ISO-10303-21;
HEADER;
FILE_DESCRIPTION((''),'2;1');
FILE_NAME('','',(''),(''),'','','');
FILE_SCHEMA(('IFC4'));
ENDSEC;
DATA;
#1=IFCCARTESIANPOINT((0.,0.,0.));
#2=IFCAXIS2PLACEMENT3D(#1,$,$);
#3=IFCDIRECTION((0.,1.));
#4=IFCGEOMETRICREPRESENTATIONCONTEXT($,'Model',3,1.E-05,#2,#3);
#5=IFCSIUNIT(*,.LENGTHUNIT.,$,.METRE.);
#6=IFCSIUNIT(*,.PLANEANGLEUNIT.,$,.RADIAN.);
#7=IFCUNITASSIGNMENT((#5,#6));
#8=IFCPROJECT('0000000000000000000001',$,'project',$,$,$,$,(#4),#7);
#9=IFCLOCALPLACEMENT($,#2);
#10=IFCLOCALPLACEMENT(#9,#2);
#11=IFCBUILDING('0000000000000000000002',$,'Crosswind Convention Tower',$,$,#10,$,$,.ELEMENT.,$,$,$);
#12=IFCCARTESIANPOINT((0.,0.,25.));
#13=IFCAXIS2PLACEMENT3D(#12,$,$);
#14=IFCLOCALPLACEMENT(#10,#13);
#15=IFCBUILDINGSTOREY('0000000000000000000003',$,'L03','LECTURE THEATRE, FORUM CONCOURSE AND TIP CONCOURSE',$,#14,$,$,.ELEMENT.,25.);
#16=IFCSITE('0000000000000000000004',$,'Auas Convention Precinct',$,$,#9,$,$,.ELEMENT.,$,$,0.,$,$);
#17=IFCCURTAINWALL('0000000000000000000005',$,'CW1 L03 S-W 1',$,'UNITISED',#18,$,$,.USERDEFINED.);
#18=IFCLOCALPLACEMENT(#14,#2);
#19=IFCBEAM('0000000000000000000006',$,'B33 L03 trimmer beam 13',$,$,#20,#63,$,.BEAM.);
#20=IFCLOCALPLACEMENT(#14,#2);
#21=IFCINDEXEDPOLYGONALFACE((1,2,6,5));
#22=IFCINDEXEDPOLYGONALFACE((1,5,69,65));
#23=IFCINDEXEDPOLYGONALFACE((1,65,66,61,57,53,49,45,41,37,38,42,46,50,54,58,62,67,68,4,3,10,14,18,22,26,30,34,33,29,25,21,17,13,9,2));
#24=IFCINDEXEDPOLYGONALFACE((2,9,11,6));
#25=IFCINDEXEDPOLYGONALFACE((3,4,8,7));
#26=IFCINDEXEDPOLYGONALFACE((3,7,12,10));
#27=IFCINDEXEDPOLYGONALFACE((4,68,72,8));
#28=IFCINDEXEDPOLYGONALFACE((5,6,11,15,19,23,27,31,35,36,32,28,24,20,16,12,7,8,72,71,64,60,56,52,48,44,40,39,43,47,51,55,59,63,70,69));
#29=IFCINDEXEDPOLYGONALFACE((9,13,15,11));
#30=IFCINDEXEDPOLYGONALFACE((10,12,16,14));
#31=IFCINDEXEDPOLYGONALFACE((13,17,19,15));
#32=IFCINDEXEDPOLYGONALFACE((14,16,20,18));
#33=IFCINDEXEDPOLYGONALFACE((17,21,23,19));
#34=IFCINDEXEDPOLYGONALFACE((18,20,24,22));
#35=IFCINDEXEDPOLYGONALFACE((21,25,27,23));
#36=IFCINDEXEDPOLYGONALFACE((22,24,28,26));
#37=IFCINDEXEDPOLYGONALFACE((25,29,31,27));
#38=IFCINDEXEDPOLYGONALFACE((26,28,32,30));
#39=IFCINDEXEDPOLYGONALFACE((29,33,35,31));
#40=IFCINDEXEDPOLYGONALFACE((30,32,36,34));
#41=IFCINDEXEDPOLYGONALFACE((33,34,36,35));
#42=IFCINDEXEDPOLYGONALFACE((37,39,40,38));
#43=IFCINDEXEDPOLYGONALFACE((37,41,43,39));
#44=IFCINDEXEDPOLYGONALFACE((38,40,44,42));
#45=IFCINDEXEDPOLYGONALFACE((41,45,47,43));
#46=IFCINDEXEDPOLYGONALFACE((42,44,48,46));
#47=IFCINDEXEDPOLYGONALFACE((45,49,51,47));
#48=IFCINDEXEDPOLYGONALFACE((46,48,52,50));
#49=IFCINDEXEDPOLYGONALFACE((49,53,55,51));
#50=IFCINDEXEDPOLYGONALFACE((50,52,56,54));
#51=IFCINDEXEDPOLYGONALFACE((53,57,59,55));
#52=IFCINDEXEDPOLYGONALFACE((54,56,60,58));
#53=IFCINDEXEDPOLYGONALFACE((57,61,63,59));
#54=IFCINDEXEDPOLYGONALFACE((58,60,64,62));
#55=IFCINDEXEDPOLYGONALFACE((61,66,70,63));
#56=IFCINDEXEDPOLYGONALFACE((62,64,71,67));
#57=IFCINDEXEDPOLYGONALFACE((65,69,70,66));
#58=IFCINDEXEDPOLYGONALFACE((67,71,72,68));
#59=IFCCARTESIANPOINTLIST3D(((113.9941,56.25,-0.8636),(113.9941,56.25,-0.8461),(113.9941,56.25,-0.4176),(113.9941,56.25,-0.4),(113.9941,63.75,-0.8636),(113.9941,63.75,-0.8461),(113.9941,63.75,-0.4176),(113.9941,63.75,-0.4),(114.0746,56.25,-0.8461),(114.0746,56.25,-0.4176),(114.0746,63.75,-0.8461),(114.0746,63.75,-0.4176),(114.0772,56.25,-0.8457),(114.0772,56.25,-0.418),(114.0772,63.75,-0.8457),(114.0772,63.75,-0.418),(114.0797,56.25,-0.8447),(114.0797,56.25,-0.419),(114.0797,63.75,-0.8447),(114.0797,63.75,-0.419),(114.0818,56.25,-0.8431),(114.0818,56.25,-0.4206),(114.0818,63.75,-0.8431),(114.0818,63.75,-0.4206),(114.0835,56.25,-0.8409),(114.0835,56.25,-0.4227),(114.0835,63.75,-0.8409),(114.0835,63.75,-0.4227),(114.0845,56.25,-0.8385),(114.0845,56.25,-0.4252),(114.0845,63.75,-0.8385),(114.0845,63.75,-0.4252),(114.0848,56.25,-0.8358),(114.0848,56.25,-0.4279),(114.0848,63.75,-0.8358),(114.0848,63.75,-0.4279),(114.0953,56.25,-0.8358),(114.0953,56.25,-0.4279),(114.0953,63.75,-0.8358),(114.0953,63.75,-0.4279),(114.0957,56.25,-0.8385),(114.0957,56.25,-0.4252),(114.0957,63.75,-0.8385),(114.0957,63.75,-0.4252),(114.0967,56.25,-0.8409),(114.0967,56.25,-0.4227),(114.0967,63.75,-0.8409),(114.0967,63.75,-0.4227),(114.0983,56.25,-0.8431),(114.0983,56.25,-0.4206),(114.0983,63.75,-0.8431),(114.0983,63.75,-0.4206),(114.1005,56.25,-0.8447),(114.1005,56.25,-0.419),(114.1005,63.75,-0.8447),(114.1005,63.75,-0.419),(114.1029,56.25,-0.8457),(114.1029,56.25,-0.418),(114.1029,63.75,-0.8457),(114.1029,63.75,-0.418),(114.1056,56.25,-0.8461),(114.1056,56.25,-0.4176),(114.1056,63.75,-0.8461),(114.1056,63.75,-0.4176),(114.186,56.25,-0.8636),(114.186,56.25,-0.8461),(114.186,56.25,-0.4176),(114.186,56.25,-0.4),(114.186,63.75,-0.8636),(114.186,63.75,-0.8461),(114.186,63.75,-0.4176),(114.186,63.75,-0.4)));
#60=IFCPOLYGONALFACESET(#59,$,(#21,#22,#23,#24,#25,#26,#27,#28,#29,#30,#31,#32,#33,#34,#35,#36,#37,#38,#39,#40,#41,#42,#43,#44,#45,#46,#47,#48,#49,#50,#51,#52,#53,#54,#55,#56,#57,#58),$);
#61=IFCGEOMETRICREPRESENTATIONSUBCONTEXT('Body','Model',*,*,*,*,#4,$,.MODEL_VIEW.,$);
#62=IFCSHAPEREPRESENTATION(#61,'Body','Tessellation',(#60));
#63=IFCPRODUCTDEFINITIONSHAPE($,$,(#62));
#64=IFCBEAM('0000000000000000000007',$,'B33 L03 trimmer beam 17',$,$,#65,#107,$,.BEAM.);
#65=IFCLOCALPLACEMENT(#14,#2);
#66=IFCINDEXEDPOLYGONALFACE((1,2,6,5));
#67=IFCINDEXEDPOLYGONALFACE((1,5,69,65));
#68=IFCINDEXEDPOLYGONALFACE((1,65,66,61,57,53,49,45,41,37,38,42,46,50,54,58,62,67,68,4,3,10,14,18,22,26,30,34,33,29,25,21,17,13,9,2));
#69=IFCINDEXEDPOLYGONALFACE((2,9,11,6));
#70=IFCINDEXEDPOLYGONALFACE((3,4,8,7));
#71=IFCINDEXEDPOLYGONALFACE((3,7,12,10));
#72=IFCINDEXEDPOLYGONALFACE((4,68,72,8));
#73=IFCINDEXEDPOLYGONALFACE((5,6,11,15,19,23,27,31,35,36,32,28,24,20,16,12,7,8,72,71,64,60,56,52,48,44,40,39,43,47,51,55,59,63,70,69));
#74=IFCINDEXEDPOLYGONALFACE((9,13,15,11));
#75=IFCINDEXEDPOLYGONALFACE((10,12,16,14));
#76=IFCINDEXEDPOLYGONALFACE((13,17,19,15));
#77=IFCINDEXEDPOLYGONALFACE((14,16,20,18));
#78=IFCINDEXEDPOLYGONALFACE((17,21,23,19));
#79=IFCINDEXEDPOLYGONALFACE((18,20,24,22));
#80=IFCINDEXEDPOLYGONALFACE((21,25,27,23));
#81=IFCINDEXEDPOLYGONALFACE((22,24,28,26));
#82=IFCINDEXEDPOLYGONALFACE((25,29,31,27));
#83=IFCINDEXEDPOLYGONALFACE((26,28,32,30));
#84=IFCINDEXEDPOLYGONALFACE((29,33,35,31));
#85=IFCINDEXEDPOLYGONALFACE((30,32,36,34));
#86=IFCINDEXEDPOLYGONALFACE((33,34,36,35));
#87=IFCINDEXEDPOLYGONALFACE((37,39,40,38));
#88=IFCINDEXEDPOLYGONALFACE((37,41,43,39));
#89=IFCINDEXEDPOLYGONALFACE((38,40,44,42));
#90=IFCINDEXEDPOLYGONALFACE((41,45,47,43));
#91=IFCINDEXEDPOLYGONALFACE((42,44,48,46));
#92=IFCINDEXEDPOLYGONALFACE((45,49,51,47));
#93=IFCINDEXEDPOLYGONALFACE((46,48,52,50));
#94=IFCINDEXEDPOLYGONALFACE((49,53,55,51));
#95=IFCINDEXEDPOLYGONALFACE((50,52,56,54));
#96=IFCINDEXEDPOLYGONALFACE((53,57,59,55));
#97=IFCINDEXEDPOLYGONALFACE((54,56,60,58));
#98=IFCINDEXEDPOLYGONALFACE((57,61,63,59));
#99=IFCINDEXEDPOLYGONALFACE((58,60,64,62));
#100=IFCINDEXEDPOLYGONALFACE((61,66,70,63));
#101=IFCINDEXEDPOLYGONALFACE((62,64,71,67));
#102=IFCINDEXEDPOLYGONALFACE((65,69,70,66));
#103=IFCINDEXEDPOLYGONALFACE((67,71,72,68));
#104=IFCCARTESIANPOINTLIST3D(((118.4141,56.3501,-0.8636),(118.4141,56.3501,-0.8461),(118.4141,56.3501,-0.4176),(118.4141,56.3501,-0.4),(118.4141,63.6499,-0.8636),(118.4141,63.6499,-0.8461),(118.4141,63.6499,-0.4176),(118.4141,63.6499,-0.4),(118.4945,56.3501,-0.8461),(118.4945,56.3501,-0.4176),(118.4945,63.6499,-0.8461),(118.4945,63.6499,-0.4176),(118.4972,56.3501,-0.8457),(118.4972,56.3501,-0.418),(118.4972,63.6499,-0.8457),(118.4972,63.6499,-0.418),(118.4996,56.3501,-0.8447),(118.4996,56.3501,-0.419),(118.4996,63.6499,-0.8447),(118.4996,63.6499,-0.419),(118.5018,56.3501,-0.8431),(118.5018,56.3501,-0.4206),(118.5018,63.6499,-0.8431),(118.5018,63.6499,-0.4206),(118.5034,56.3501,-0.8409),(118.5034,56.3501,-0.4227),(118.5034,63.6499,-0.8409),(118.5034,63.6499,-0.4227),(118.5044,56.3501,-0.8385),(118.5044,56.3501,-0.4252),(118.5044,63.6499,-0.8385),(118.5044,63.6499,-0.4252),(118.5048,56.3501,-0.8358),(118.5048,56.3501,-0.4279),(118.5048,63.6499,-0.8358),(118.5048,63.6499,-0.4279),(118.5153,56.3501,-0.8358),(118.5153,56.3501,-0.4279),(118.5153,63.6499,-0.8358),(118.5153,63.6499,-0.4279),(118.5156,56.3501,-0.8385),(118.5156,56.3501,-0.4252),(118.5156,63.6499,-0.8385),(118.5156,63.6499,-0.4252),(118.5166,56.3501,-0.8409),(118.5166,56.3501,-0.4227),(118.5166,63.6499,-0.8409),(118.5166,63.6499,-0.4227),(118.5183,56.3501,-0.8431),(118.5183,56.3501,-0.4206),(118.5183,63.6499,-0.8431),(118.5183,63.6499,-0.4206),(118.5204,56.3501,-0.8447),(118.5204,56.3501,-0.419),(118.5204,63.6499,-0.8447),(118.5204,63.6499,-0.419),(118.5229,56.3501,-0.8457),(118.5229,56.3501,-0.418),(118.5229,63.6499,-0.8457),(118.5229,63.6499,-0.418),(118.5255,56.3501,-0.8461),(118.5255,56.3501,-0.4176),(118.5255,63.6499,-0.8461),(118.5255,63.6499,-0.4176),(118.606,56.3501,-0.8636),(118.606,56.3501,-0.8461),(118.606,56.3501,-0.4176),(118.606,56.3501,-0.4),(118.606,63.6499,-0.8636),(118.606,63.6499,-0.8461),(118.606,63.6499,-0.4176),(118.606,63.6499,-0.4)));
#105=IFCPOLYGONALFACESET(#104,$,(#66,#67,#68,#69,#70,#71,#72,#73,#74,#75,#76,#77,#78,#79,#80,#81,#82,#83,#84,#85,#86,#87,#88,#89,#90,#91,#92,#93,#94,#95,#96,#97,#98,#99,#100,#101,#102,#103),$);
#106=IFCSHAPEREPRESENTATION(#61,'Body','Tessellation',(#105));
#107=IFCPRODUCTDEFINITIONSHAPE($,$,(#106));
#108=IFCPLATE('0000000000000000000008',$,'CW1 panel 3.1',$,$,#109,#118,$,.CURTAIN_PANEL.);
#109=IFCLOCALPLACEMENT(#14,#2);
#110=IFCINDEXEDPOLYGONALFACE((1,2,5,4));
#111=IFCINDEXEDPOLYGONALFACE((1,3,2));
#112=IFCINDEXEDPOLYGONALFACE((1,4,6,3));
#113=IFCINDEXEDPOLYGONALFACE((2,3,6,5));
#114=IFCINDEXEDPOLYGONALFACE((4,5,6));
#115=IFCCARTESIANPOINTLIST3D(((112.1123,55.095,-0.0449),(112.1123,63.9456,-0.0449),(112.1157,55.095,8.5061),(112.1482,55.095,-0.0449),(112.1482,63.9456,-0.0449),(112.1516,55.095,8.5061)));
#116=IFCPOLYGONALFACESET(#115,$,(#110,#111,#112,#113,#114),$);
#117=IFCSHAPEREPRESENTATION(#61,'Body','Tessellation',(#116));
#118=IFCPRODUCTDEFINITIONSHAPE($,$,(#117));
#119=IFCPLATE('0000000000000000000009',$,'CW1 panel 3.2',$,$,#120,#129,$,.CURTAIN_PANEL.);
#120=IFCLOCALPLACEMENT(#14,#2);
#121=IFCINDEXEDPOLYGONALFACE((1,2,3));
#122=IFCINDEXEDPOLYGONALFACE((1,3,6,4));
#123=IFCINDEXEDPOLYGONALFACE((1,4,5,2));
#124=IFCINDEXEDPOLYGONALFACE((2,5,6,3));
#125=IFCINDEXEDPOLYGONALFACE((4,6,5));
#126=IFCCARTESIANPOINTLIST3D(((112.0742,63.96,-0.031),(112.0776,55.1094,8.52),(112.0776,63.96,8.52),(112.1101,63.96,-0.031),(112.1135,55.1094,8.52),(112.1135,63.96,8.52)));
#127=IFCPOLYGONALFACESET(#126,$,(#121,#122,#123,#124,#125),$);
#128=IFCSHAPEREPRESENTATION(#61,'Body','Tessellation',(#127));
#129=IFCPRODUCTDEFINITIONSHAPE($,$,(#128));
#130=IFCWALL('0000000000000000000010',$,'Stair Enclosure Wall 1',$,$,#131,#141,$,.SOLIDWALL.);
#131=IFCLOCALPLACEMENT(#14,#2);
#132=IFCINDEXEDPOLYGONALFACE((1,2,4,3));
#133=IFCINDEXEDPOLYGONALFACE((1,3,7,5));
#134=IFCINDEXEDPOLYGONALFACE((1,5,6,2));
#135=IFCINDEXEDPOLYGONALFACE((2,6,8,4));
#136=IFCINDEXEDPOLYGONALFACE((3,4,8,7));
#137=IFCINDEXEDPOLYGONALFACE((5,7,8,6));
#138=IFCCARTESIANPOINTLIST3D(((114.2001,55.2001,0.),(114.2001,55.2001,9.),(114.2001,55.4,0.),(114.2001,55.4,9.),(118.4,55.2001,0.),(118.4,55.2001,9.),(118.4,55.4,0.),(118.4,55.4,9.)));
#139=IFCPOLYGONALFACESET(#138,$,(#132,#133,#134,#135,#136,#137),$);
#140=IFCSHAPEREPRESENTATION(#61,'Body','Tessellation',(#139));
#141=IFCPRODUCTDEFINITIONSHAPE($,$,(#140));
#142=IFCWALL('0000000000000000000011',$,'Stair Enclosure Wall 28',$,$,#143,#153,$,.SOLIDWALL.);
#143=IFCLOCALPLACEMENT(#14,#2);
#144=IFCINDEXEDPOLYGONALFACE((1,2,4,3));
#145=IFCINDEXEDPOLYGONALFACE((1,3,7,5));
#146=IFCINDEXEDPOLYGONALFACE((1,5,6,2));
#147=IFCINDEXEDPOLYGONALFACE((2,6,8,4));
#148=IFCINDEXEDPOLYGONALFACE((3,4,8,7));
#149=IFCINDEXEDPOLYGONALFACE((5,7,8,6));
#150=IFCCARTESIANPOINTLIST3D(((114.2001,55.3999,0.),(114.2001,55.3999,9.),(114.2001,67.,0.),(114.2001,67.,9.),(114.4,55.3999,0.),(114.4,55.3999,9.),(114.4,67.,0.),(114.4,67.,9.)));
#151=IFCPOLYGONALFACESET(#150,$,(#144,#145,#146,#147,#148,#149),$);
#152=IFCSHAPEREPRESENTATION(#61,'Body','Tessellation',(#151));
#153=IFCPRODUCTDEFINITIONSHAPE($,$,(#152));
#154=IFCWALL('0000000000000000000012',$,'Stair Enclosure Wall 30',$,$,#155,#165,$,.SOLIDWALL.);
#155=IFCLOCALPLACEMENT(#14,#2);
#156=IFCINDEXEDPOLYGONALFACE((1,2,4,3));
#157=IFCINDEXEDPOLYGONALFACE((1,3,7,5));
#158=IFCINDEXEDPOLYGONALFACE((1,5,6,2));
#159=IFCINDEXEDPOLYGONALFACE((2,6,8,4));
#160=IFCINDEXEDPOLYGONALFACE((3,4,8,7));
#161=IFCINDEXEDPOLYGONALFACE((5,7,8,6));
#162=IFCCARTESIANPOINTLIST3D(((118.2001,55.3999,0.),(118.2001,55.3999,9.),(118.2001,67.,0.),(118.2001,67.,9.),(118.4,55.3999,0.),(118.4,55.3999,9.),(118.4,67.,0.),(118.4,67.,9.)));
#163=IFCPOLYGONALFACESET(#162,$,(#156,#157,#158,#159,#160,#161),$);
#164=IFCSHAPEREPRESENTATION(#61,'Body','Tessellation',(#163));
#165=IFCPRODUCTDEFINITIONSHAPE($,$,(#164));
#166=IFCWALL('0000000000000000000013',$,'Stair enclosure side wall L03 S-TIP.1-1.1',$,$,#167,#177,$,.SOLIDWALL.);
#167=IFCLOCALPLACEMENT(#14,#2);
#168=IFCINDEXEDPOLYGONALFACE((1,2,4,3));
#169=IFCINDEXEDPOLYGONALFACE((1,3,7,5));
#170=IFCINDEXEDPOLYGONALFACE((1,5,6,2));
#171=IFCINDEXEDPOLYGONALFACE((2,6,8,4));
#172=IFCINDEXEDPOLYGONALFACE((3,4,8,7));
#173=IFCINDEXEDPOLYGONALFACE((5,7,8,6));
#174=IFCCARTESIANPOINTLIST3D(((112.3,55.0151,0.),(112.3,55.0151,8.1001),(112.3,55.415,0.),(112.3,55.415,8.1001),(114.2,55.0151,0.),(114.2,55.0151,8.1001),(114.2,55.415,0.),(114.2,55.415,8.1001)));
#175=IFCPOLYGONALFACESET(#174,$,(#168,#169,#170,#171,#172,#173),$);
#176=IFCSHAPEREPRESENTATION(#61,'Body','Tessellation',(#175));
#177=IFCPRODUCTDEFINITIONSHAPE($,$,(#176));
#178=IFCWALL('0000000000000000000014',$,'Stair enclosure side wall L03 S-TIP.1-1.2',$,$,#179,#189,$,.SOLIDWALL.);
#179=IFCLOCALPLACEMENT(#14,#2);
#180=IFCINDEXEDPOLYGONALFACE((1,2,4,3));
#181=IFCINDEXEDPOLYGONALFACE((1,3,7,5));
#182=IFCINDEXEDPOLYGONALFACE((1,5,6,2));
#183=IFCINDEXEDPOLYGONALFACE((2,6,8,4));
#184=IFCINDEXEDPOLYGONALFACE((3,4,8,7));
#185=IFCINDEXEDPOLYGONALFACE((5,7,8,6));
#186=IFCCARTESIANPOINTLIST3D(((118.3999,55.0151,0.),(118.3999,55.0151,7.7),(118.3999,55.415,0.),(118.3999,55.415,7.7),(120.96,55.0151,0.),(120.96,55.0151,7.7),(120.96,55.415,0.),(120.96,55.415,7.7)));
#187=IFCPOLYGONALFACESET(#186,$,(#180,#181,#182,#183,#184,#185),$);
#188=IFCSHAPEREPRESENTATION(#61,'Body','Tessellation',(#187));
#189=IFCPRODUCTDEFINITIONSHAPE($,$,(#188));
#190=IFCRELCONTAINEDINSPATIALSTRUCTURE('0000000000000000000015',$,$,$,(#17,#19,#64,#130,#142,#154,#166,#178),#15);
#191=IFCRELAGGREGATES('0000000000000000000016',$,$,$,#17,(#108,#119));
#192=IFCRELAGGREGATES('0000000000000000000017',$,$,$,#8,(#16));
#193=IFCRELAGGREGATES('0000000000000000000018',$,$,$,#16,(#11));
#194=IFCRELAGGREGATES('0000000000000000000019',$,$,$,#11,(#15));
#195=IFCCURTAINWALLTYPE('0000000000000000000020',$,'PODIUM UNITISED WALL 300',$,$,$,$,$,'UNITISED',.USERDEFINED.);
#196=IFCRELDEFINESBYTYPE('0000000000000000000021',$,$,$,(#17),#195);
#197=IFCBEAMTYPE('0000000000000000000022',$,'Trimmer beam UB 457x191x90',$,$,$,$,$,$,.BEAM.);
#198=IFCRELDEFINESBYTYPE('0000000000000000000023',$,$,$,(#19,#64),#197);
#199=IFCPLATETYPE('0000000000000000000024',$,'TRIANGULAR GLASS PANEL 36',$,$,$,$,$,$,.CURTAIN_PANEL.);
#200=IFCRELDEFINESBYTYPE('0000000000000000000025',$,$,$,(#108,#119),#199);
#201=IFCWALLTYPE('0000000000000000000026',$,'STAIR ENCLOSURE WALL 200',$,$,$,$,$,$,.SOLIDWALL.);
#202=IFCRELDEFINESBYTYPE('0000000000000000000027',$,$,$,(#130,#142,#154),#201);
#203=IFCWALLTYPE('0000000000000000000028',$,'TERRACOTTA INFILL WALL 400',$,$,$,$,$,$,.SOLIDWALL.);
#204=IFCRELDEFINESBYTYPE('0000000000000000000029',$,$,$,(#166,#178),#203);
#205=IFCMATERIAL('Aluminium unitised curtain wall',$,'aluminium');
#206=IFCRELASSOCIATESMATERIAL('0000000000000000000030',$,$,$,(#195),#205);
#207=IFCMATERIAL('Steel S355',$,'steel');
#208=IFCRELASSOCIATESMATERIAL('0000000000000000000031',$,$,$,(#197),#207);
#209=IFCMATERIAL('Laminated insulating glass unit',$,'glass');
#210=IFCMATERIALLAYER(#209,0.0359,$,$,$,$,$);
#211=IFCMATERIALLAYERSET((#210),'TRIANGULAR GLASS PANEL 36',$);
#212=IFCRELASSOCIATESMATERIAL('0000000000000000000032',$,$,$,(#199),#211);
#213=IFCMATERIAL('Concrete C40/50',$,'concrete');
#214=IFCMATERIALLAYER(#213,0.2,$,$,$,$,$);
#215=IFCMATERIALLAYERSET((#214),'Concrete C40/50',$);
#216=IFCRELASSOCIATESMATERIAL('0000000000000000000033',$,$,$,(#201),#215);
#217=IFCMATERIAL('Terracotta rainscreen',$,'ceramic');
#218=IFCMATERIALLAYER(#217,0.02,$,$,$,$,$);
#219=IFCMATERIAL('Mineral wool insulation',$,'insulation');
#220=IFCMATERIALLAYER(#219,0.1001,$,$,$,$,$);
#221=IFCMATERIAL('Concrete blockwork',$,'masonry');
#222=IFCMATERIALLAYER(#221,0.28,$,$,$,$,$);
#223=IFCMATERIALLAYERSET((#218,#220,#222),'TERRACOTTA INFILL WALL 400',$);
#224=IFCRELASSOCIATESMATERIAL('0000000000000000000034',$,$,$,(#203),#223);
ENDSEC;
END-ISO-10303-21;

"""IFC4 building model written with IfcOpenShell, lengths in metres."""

from ifc_helpers import new_model, si_unit, direction, frame, frame_2d, origin, origin_2d, place, context, subcontext, project, spatial, polyline, rectangle, i_section, outline, extrude, material, layer, layer_set, material_profile, profile_set, type_object, element, aggregate, save


model = new_model("IFC4")

# Units and contexts
model_context = context("Model", 3, precision=1e-05, world=origin(), true_north=direction((0.0, 1.0)))
body_context = subcontext(model_context, "Body", "Model", "MODEL_VIEW")
ifc_project = project(units=[si_unit("LENGTHUNIT", "METRE"), si_unit("PLANEANGLEUNIT", "RADIAN")], contexts=[model_context])

# Site, building, storey
site_placement = place(None, origin())
site = spatial("IfcSite", under=ifc_project, at=site_placement, Name="Auas Convention Precinct", CompositionType="ELEMENT", RefElevation=0.0)
building_placement = place(site_placement, origin())
building = spatial("IfcBuilding", under=site, at=building_placement, Name="Crosswind Convention Tower", CompositionType="ELEMENT")
storey_placement = place(building_placement, frame((0.0, 0.0, 25.0)))
storey = spatial("IfcBuildingStorey", under=building, at=storey_placement, Name="L03", Description="LECTURE THEATRE, FORUM CONCOURSE AND TIP CONCOURSE", CompositionType="ELEMENT", Elevation=25.0)

# Shared definitions
ifc_material_1 = material(Name="Steel S355", Category="steel")

# Curtain wall
ifc_material_2 = material(Name="Aluminium unitised curtain wall", Category="aluminium")
curtain_wall_type = type_object("IfcCurtainWallType", Name="PODIUM UNITISED WALL 300", ElementType="UNITISED", PredefinedType="USERDEFINED", material=ifc_material_2)
curtain_wall_placement = place(storey_placement, origin())
curtain_wall = element("IfcCurtainWall", 1, at=curtain_wall_placement, inside=storey, type_object=curtain_wall_type, Name="CW1 L03 S-W 1", ObjectType="UNITISED", PredefinedType="USERDEFINED")

# Beams
ifc_material_profile_1 = material_profile(ifc_material_1, i_section(OverallWidth=0.1919, OverallDepth=0.4636, WebThickness=0.0105, FlangeThickness=0.0176, FilletRadius=0.0103, at=origin_2d()), Name="UB 457x191x90")
ifc_profile_set_1 = profile_set([ifc_material_profile_1], Name="Steel S355")
beam_type_1 = type_object("IfcBeamType", Name="Trimmer beam UB 457x191x90", PredefinedType="BEAM", material=ifc_profile_set_1)
beam_1_placement = place(storey_placement, frame((114.0901, 63.75, -0.6318), z_axis=(0.0, -1.0, 0.0), x_axis=(1.0, 0.0, 0.0)))
element("IfcBeam", 2, at=beam_1_placement, inside=storey, type_object=beam_type_1, Name="B33 L03 trimmer beam 13", PredefinedType="BEAM", context=body_context, shape_type="SweptSolid", body=[
    extrude(i_section(OverallWidth=0.1919, OverallDepth=0.4636, WebThickness=0.0105, FlangeThickness=0.0176, FilletRadius=0.0103, at=origin_2d()), origin(), (0.0, 0.0, 1.0), 7.5),
])
beam_2_placement = place(storey_placement, frame((118.51, 63.6499, -0.6318), z_axis=(0.0, -1.0, 0.0), x_axis=(1.0, 0.0, 0.0)))
element("IfcBeam", 3, at=beam_2_placement, inside=storey, type_object=beam_type_1, Name="B33 L03 trimmer beam 17", PredefinedType="BEAM", context=body_context, shape_type="SweptSolid", body=[
    extrude(i_section(OverallWidth=0.1919, OverallDepth=0.4636, WebThickness=0.0105, FlangeThickness=0.0176, FilletRadius=0.0103, at=origin_2d()), origin(), (0.0, 0.0, 1.0), 7.2998),
])

# Plates
ifc_material_3 = material(Name="Laminated insulating glass unit", Category="glass")
ifc_layer_1 = layer(ifc_material_3, 0.0359)
ifc_layer_set_1 = layer_set([ifc_layer_1], Name="TRIANGULAR GLASS PANEL 36")
plate_type = type_object("IfcPlateType", Name="TRIANGULAR GLASS PANEL 36", PredefinedType="CURTAIN_PANEL", material=ifc_layer_set_1)
plate_1_placement = place(storey_placement, frame((112.1123, 55.095, -0.0449), z_axis=(-1.0, 0.0, 0.0004), x_axis=(0.0004, 0.0, 1.0)))
plate_1 = element("IfcPlate", 4, at=plate_1_placement, type_object=plate_type, Name="CW1 panel 3.1", PredefinedType="CURTAIN_PANEL", context=body_context, shape_type="SweptSolid", body=[
    extrude(outline(polyline([(0.0, 0.0), (8.551, 0.0), (0.0, 8.8506), (0.0, 0.0)])), origin(), (0.0, 0.0, -1.0), 0.0359),
])
plate_2_placement = place(storey_placement, frame((112.0776, 63.96, 8.52), z_axis=(-1.0, 0.0, 0.0004), x_axis=(-0.0004, 0.0, -1.0)))
plate_2 = element("IfcPlate", 5, at=plate_2_placement, type_object=plate_type, Name="CW1 panel 3.2", PredefinedType="CURTAIN_PANEL", context=body_context, shape_type="SweptSolid", body=[
    extrude(outline(polyline([(0.0, 0.0), (8.551, 0.0), (0.0, 8.8506), (0.0, 0.0)])), origin(), (0.0, 0.0, -1.0), 0.0359),
])
aggregate(curtain_wall, [plate_1, plate_2])

# Walls
ifc_material_4 = material(Name="Concrete C40/50", Category="concrete")
ifc_layer_2 = layer(ifc_material_4, 0.2)
ifc_layer_set_2 = layer_set([ifc_layer_2], Name="Concrete C40/50")
wall_type_1 = type_object("IfcWallType", Name="STAIR ENCLOSURE WALL 200", PredefinedType="SOLIDWALL", material=ifc_layer_set_2)
wall_1_placement = place(storey_placement, frame((114.2, 55.3, 0.0), z_axis=(0.0, 0.0, 1.0), x_axis=(1.0, 0.0, 0.0)))
element("IfcWall", 6, at=wall_1_placement, inside=storey, type_object=wall_type_1, Name="Stair Enclosure Wall 1", PredefinedType="SOLIDWALL", context=body_context, shape_type="SweptSolid", body=[
    extrude(rectangle(XDim=4.2, YDim=0.2, at=frame_2d((2.1001, 0.0))), origin(), (0.0, 0.0, 1.0), 9.0),
])
for number, where, z_axis, x_axis, name in (
    (7, (114.3, 55.3999, 0.0), (0.0, 0.0, 1.0), (0.0, 1.0, 0.0), "Stair Enclosure Wall 28"),
    (8, (118.3, 55.3999, 0.0), (0.0, 0.0, 1.0), (0.0, 1.0, 0.0), "Stair Enclosure Wall 30"),
):
    element("IfcWall", number, at=place(storey_placement, frame(where, z_axis=z_axis, x_axis=x_axis)), inside=storey, type_object=wall_type_1, Name=name, PredefinedType="SOLIDWALL", context=body_context, shape_type="SweptSolid", body=[
        extrude(rectangle(XDim=11.6001, YDim=0.2, at=frame_2d((5.8, 0.0))), origin(), (0.0, 0.0, 1.0), 9.0),
    ])
ifc_material_5 = material(Name="Terracotta rainscreen", Category="ceramic")
ifc_layer_3 = layer(ifc_material_5, 0.02)
ifc_material_6 = material(Name="Mineral wool insulation", Category="insulation")
ifc_layer_4 = layer(ifc_material_6, 0.1001)
ifc_material_7 = material(Name="Concrete blockwork", Category="masonry")
ifc_layer_5 = layer(ifc_material_7, 0.28)
ifc_layer_set_3 = layer_set([ifc_layer_3, ifc_layer_4, ifc_layer_5], Name="TERRACOTTA INFILL WALL 400")
wall_type_2 = type_object("IfcWallType", Name="TERRACOTTA INFILL WALL 400", PredefinedType="SOLIDWALL", material=ifc_layer_set_3)
wall_2_placement = place(storey_placement, frame((112.3, 55.2151, 0.0), z_axis=(0.0, 0.0, 1.0), x_axis=(1.0, 0.0, 0.0)))
element("IfcWall", 9, at=wall_2_placement, inside=storey, type_object=wall_type_2, Name="Stair enclosure side wall L03 S-TIP.1-1.1", PredefinedType="SOLIDWALL", context=body_context, shape_type="SweptSolid", body=[
    extrude(rectangle(XDim=1.8999, YDim=0.3999, at=frame_2d((0.95, 0.0))), origin(), (0.0, 0.0, 1.0), 8.1001),
])
wall_3_placement = place(storey_placement, frame((118.3999, 55.2151, 0.0), z_axis=(0.0, 0.0, 1.0), x_axis=(1.0, 0.0, 0.0)))
element("IfcWall", 10, at=wall_3_placement, inside=storey, type_object=wall_type_2, Name="Stair enclosure side wall L03 S-TIP.1-1.2", PredefinedType="SOLIDWALL", context=body_context, shape_type="SweptSolid", body=[
    extrude(rectangle(XDim=2.5601, YDim=0.3999, at=frame_2d((1.28, 0.0))), origin(), (0.0, 0.0, 1.0), 7.7),
])

save(model, "model.ifc")
